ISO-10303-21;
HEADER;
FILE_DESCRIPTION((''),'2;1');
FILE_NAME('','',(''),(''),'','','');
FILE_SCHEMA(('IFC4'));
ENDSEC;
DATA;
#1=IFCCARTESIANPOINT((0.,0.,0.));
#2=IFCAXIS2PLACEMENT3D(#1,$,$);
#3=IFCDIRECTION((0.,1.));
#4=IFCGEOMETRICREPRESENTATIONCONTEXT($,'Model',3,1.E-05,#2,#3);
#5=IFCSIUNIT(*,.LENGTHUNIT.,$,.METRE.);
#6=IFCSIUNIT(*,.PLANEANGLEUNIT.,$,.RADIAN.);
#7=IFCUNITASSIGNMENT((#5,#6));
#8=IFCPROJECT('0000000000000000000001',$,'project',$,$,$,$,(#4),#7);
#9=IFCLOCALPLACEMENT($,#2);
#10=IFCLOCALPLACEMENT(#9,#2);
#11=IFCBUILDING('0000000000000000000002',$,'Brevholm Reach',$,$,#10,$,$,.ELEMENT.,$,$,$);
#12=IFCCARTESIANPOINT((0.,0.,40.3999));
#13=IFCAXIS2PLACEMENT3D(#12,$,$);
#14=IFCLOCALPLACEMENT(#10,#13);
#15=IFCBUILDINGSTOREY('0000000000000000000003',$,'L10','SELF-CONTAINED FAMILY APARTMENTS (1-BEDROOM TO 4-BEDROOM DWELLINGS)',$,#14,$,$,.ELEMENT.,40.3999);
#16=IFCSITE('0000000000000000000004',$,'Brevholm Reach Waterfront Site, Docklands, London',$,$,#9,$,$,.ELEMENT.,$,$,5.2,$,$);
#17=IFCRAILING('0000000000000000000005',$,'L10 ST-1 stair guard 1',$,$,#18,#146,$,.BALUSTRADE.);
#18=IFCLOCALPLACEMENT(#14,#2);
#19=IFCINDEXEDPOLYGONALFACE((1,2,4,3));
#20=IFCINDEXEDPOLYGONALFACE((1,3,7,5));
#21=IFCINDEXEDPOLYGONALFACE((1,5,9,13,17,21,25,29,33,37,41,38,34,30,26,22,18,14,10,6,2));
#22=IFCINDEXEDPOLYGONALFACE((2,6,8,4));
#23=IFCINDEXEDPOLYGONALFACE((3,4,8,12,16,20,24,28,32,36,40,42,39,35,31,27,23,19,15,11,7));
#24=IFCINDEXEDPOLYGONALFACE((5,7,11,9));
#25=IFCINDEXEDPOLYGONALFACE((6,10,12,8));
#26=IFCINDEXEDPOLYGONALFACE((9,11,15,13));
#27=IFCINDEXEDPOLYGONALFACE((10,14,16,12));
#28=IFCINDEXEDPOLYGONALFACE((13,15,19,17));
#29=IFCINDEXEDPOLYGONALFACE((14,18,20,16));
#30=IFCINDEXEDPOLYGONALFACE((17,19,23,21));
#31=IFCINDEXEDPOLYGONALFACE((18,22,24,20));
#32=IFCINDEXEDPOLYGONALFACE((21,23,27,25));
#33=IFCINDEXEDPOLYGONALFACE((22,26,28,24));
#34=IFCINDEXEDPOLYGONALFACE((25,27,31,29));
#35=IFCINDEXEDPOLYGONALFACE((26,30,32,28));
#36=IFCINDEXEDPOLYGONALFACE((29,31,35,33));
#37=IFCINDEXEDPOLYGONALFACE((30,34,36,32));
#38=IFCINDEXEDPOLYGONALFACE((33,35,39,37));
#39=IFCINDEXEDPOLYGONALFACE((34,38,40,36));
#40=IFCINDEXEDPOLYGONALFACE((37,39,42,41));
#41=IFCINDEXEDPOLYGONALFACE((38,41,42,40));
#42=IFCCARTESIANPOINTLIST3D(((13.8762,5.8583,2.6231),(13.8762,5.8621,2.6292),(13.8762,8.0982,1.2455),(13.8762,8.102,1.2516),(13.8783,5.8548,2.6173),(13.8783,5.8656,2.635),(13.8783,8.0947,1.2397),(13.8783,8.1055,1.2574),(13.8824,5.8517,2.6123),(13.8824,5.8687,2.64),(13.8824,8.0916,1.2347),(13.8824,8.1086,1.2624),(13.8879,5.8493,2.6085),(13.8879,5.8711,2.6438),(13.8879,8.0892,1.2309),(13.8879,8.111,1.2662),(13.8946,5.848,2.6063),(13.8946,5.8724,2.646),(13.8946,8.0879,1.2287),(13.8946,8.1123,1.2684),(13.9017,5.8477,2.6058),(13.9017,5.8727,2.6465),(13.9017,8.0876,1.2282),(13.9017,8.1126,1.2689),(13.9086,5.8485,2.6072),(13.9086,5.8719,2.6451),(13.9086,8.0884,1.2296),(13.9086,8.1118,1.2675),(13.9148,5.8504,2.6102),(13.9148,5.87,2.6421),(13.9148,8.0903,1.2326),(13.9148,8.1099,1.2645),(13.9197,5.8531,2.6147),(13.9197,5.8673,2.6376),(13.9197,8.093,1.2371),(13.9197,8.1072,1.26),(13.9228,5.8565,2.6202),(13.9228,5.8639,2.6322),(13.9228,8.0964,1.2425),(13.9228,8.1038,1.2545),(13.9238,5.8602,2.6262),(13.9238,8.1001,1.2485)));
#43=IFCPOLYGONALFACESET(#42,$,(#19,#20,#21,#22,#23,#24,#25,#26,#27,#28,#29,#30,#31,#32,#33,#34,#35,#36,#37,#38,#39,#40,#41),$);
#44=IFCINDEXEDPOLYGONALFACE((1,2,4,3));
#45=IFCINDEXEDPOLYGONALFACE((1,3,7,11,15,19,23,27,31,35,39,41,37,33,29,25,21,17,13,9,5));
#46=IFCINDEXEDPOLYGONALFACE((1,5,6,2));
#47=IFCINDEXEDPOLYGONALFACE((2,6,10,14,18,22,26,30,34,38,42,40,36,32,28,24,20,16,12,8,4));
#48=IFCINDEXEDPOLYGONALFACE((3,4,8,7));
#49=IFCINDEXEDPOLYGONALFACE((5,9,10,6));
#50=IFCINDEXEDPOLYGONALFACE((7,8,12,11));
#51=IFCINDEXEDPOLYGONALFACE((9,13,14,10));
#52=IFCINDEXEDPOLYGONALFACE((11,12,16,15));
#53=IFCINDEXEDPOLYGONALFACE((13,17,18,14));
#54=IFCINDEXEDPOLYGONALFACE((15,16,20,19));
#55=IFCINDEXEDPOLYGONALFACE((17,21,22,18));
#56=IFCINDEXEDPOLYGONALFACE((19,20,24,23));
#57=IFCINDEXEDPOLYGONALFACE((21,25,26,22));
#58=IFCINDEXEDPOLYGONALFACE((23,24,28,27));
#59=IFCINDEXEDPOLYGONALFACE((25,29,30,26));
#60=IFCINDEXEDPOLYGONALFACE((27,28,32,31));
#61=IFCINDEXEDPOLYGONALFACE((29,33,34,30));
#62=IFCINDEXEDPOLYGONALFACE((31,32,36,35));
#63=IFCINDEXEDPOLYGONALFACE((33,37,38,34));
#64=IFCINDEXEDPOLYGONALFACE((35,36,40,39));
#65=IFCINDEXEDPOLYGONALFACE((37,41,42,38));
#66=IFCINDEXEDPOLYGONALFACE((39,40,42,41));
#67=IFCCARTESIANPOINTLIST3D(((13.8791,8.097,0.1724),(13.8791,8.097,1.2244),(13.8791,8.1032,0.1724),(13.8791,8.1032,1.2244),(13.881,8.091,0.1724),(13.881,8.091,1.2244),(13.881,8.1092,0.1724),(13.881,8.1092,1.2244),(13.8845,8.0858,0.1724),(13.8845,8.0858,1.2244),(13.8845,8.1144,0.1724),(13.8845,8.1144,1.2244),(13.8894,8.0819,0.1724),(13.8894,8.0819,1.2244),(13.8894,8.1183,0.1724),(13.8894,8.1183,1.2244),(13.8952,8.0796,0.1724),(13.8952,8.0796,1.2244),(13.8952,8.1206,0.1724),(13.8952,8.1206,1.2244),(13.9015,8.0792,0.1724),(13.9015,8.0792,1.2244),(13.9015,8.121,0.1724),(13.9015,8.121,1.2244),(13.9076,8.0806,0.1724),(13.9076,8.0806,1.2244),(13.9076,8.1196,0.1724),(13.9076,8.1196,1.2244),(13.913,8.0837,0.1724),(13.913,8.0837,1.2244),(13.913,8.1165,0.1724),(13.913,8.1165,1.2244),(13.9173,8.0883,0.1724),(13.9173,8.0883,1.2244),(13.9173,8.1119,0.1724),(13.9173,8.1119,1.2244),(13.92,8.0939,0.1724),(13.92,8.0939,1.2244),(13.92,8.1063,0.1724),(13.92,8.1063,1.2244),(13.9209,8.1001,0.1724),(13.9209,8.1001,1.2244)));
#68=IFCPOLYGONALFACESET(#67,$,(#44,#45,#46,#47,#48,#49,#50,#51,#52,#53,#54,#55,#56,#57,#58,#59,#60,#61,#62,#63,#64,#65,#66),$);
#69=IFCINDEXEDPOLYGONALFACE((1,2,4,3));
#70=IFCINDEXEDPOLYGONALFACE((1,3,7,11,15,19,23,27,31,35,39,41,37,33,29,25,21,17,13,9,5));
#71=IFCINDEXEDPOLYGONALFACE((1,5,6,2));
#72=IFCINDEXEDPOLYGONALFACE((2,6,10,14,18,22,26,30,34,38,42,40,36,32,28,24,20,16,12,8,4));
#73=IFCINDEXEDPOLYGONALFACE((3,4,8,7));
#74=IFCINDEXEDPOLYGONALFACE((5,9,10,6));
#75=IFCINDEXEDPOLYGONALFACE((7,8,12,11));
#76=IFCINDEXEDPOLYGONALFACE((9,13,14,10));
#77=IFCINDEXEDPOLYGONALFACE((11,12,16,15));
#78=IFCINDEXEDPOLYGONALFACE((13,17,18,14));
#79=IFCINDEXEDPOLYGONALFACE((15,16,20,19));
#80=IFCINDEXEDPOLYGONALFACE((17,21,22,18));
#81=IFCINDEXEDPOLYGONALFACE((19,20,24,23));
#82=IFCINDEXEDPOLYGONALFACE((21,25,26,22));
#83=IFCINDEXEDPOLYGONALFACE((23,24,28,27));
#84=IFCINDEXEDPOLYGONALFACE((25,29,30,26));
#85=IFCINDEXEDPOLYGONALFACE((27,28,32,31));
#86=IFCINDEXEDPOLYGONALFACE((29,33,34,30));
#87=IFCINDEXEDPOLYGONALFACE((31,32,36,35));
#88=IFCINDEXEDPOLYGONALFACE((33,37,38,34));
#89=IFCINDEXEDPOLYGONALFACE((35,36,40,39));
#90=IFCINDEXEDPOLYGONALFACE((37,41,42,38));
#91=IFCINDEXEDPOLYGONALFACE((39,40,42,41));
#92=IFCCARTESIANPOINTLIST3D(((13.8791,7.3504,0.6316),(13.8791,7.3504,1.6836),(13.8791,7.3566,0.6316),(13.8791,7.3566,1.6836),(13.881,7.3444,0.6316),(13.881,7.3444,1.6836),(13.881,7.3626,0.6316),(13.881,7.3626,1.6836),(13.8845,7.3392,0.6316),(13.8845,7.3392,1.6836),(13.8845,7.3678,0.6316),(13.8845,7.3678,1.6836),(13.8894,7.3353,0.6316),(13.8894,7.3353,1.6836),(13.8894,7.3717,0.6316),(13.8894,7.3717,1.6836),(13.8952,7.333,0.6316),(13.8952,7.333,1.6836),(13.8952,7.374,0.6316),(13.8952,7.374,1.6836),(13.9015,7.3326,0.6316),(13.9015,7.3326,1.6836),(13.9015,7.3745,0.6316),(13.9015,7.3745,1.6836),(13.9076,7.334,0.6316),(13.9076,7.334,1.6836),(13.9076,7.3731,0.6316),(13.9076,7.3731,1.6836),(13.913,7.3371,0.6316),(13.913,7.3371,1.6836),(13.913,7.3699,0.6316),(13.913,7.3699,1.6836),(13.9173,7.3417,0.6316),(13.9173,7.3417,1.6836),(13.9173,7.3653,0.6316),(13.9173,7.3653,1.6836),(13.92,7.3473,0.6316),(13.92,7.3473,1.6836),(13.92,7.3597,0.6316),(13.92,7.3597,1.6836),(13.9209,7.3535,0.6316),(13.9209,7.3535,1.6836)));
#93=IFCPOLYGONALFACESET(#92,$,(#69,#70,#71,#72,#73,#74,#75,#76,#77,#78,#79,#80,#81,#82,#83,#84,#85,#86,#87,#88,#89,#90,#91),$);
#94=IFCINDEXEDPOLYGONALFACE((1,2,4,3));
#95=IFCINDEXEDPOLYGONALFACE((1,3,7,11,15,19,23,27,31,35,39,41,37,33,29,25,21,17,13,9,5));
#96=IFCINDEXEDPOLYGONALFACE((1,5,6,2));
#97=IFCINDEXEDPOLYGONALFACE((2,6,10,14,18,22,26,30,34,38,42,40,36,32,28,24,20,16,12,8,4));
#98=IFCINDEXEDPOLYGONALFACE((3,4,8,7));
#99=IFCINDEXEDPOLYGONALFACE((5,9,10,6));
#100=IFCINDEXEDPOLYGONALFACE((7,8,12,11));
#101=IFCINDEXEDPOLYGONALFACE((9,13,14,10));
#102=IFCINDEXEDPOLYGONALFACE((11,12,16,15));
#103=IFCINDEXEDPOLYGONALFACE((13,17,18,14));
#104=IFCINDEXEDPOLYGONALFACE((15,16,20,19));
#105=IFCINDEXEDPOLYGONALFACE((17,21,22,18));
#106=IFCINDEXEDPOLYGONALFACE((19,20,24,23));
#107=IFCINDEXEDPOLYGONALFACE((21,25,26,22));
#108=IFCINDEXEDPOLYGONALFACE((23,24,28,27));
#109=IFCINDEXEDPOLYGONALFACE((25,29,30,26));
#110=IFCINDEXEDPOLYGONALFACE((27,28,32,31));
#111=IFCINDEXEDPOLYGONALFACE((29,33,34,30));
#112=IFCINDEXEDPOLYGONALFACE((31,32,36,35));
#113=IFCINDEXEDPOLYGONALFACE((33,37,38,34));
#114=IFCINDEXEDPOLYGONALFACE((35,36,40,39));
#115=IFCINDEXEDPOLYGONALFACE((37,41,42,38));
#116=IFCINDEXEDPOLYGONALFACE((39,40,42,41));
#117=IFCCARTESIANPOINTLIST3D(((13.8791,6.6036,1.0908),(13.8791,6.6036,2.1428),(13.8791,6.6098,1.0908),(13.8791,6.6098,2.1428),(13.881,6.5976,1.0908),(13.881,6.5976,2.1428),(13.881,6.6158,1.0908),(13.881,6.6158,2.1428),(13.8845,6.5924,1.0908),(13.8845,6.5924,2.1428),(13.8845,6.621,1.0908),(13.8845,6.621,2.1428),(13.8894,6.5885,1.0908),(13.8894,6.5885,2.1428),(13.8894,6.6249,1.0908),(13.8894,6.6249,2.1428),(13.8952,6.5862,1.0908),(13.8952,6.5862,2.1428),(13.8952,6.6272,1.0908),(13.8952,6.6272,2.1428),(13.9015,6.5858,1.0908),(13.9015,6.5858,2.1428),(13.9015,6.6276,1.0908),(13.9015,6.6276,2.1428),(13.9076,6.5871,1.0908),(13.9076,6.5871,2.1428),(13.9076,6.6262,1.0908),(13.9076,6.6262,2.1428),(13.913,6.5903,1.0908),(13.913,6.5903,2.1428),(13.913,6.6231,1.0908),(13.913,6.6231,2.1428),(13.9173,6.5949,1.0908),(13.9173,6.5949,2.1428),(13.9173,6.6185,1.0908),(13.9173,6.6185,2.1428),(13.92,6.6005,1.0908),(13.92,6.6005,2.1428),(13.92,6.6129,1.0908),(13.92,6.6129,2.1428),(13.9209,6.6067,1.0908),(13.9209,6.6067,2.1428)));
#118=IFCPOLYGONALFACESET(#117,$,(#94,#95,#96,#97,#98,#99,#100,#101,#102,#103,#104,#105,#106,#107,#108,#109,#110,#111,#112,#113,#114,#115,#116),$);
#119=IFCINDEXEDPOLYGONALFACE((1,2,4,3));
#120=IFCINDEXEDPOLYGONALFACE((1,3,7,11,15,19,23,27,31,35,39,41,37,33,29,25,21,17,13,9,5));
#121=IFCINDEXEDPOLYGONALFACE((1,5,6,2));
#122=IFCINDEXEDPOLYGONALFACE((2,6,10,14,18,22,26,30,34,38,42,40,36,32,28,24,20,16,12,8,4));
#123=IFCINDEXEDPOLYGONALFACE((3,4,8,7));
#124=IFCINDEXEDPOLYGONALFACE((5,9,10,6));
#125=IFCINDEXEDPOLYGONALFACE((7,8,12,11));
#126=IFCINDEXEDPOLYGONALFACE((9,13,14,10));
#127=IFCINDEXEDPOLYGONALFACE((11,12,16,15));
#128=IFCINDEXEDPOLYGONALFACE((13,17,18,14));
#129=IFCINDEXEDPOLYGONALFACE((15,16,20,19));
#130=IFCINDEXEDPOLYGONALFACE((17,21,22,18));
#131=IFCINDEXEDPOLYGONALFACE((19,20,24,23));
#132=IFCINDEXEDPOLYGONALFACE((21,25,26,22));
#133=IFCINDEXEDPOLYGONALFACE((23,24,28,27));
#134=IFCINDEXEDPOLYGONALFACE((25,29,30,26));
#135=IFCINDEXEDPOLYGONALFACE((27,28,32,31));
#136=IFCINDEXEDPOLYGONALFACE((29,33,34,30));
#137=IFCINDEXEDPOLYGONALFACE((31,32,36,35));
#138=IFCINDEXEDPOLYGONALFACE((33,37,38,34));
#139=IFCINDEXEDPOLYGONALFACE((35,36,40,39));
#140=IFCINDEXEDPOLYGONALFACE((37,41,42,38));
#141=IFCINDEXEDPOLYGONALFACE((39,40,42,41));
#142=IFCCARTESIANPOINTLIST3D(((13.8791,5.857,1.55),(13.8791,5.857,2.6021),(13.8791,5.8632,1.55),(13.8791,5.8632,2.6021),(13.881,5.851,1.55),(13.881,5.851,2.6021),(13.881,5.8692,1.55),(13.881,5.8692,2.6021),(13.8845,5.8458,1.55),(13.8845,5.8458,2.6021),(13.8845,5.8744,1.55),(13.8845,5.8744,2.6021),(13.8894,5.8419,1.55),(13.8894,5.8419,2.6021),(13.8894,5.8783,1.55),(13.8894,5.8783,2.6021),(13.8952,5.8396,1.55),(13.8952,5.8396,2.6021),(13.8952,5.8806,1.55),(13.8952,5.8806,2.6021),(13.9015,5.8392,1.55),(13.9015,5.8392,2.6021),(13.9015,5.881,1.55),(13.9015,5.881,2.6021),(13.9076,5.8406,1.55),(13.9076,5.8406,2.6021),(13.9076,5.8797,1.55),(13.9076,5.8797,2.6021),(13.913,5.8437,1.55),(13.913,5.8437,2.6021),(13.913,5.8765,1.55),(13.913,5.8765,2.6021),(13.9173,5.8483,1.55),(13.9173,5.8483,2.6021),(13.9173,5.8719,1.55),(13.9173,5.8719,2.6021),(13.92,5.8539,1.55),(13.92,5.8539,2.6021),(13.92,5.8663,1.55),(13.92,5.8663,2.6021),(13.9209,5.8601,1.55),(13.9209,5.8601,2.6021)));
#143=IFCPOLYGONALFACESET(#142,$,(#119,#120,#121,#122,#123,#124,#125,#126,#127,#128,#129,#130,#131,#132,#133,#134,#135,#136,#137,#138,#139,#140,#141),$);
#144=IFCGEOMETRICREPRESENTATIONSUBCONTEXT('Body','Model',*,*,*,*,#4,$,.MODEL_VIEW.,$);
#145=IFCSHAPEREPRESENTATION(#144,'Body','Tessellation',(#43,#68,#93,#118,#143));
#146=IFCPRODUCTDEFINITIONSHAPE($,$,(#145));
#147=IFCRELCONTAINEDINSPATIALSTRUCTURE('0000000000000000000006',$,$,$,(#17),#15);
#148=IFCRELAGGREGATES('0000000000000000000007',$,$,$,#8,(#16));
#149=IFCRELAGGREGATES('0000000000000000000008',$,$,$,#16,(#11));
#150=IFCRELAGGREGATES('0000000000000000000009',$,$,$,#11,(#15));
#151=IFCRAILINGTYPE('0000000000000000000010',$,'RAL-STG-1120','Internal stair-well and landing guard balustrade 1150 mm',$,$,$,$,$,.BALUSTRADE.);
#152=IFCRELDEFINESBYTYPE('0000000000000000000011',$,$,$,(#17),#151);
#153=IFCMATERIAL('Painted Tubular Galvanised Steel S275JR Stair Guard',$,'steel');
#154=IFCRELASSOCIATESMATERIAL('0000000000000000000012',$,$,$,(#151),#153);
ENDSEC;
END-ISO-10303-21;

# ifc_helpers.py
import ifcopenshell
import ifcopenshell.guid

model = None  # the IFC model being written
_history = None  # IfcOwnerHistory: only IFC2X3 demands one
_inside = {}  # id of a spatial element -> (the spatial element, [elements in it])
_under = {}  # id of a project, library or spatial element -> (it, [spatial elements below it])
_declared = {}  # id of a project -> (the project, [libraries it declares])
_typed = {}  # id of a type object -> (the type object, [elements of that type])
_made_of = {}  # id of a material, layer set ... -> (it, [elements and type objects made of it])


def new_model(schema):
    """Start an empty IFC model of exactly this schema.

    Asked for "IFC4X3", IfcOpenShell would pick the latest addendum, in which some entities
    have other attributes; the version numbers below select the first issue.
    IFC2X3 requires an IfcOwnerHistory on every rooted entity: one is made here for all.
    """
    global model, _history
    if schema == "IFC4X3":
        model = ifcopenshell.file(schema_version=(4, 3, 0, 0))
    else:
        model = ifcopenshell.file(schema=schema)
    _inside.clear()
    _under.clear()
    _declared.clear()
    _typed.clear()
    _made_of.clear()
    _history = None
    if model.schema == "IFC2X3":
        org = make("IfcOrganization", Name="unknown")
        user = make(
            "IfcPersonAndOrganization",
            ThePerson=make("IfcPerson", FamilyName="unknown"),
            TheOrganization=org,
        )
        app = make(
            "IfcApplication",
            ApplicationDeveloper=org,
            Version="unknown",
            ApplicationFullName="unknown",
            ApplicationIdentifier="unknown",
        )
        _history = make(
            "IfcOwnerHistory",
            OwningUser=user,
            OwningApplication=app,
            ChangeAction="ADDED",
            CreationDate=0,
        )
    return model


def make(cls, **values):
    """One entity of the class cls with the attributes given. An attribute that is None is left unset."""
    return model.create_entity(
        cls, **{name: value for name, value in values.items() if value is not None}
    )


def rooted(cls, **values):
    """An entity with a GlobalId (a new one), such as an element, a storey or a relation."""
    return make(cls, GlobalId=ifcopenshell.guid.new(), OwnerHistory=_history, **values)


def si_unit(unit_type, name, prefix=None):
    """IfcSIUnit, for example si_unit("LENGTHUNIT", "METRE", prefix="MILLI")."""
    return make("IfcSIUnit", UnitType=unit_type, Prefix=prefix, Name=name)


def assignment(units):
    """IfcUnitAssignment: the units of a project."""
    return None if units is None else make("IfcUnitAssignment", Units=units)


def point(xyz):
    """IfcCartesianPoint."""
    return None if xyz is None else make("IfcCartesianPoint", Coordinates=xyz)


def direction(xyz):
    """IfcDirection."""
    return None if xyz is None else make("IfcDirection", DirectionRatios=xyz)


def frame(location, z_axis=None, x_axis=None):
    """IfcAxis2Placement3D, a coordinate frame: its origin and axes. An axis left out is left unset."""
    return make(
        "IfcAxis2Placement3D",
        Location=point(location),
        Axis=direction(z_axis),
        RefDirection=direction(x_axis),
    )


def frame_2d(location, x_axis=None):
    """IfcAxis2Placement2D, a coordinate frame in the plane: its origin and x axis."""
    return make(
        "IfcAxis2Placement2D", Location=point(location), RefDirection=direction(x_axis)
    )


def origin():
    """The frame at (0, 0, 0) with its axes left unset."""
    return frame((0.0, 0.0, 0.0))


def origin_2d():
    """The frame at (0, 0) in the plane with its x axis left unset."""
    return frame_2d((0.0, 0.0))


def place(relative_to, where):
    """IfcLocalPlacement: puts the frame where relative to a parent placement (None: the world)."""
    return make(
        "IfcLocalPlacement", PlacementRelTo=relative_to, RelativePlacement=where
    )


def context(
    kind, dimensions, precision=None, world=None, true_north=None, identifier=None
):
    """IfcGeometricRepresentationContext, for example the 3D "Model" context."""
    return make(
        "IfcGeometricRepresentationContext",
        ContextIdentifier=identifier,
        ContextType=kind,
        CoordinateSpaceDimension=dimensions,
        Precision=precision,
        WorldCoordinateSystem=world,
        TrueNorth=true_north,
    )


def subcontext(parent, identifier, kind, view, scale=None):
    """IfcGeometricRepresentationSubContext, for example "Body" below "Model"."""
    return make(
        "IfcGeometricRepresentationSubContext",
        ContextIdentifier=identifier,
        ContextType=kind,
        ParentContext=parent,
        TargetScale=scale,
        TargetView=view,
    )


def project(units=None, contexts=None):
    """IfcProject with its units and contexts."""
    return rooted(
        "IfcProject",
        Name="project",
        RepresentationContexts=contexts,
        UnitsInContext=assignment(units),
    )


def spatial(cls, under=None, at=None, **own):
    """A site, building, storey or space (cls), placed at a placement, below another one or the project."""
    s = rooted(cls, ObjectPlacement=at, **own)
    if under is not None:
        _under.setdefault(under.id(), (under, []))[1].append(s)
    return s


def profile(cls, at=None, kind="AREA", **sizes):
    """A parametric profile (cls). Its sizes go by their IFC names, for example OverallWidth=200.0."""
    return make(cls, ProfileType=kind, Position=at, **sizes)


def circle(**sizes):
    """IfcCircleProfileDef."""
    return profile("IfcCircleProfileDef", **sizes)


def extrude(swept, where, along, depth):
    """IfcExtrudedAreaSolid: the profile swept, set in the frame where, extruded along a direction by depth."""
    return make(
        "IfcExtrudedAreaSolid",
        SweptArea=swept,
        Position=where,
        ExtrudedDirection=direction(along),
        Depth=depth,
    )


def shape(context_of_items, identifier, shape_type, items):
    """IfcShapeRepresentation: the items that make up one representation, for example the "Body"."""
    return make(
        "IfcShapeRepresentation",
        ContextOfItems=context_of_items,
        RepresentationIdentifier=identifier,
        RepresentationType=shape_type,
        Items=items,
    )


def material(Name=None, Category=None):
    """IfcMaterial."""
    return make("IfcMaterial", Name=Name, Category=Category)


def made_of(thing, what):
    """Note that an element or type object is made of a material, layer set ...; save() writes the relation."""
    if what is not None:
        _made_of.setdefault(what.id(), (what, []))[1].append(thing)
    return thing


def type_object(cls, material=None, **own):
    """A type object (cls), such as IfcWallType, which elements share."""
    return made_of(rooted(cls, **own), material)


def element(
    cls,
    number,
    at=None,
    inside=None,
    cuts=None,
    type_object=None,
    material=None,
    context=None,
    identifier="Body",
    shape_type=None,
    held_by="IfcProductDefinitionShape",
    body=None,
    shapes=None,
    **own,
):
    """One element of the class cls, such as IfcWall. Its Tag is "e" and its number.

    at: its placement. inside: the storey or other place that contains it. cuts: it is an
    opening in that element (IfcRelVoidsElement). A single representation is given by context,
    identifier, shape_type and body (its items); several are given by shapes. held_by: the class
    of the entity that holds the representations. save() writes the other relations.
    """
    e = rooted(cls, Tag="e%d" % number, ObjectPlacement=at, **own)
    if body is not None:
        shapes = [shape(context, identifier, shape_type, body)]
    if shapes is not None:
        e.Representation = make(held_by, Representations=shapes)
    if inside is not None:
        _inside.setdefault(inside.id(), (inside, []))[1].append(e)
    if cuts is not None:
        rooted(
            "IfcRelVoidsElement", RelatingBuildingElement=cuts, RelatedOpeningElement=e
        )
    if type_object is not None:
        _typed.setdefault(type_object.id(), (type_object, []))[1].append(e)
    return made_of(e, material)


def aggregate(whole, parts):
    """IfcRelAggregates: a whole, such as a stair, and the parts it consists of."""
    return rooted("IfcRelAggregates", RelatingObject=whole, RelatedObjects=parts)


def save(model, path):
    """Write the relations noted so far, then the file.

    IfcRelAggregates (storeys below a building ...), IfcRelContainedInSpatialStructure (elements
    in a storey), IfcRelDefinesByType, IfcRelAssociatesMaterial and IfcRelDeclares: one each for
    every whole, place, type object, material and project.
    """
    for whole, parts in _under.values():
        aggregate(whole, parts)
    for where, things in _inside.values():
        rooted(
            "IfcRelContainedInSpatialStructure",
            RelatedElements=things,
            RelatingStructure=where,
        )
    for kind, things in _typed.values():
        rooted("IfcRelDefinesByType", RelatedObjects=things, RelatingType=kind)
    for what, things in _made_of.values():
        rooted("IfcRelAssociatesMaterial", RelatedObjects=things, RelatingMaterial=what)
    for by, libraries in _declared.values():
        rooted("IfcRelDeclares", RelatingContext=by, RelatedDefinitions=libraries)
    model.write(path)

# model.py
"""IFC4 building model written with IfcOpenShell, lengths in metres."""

from ifc_helpers import new_model, si_unit, direction, frame, origin, origin_2d, place, context, subcontext, project, spatial, circle, extrude, material, type_object, element, save


model = new_model("IFC4")

# Units and contexts
model_context = context("Model", 3, precision=1e-05, world=origin(), true_north=direction((0.0, 1.0)))
body_context = subcontext(model_context, "Body", "Model", "MODEL_VIEW")
ifc_project = project(units=[si_unit("LENGTHUNIT", "METRE"), si_unit("PLANEANGLEUNIT", "RADIAN")], contexts=[model_context])

# Site, building, storey
site_placement = place(None, origin())
site = spatial("IfcSite", under=ifc_project, at=site_placement, Name="Brevholm Reach Waterfront Site, Docklands, London", CompositionType="ELEMENT", RefElevation=5.2)
building_placement = place(site_placement, origin())
building = spatial("IfcBuilding", under=site, at=building_placement, Name="Brevholm Reach", CompositionType="ELEMENT")
storey_placement = place(building_placement, frame((0.0, 0.0, 40.3999)))
storey = spatial("IfcBuildingStorey", under=building, at=storey_placement, Name="L10", Description="SELF-CONTAINED FAMILY APARTMENTS (1-BEDROOM TO 4-BEDROOM DWELLINGS)", CompositionType="ELEMENT", Elevation=40.3999)

# Railing
ifc_material_1 = material(Name="Painted Tubular Galvanised Steel S275JR Stair Guard", Category="steel")
railing_type_1 = type_object("IfcRailingType", Name="RAL-STG-1120", Description="Internal stair-well and landing guard balustrade 1150 mm", PredefinedType="BALUSTRADE", material=ifc_material_1)
railing_1_placement = place(storey_placement, frame((13.8999, 8.1001, 0.1724)))
element("IfcRailing", 1, at=railing_1_placement, inside=storey, type_object=railing_type_1, Name="L10 ST-1 stair guard 1", PredefinedType="BALUSTRADE", context=body_context, shape_type="SweptSolid", body=[
    extrude(circle(Radius=0.0239, at=origin_2d()), frame((0.0, 0.0, 1.0762), z_axis=(0.0, -0.851789, 0.523885), x_axis=(1.0, 0.0, 0.0)), (0.0, 0.0, 1.0), 2.6296),
    extrude(circle(Radius=0.021, at=origin_2d()), origin(), (0.0, 0.0, 1.0), 1.052),
    extrude(circle(Radius=0.021, at=origin_2d()), frame((0.0, -0.7466, 0.4592)), (0.0, 0.0, 1.0), 1.052),
    extrude(circle(Radius=0.021, at=origin_2d()), frame((0.0, -1.4934, 0.9185)), (0.0, 0.0, 1.0), 1.052),
    extrude(circle(Radius=0.021, at=origin_2d()), frame((0.0, -2.24, 1.3777)), (0.0, 0.0, 1.0), 1.052),
])

save(model, "model.ifc")
